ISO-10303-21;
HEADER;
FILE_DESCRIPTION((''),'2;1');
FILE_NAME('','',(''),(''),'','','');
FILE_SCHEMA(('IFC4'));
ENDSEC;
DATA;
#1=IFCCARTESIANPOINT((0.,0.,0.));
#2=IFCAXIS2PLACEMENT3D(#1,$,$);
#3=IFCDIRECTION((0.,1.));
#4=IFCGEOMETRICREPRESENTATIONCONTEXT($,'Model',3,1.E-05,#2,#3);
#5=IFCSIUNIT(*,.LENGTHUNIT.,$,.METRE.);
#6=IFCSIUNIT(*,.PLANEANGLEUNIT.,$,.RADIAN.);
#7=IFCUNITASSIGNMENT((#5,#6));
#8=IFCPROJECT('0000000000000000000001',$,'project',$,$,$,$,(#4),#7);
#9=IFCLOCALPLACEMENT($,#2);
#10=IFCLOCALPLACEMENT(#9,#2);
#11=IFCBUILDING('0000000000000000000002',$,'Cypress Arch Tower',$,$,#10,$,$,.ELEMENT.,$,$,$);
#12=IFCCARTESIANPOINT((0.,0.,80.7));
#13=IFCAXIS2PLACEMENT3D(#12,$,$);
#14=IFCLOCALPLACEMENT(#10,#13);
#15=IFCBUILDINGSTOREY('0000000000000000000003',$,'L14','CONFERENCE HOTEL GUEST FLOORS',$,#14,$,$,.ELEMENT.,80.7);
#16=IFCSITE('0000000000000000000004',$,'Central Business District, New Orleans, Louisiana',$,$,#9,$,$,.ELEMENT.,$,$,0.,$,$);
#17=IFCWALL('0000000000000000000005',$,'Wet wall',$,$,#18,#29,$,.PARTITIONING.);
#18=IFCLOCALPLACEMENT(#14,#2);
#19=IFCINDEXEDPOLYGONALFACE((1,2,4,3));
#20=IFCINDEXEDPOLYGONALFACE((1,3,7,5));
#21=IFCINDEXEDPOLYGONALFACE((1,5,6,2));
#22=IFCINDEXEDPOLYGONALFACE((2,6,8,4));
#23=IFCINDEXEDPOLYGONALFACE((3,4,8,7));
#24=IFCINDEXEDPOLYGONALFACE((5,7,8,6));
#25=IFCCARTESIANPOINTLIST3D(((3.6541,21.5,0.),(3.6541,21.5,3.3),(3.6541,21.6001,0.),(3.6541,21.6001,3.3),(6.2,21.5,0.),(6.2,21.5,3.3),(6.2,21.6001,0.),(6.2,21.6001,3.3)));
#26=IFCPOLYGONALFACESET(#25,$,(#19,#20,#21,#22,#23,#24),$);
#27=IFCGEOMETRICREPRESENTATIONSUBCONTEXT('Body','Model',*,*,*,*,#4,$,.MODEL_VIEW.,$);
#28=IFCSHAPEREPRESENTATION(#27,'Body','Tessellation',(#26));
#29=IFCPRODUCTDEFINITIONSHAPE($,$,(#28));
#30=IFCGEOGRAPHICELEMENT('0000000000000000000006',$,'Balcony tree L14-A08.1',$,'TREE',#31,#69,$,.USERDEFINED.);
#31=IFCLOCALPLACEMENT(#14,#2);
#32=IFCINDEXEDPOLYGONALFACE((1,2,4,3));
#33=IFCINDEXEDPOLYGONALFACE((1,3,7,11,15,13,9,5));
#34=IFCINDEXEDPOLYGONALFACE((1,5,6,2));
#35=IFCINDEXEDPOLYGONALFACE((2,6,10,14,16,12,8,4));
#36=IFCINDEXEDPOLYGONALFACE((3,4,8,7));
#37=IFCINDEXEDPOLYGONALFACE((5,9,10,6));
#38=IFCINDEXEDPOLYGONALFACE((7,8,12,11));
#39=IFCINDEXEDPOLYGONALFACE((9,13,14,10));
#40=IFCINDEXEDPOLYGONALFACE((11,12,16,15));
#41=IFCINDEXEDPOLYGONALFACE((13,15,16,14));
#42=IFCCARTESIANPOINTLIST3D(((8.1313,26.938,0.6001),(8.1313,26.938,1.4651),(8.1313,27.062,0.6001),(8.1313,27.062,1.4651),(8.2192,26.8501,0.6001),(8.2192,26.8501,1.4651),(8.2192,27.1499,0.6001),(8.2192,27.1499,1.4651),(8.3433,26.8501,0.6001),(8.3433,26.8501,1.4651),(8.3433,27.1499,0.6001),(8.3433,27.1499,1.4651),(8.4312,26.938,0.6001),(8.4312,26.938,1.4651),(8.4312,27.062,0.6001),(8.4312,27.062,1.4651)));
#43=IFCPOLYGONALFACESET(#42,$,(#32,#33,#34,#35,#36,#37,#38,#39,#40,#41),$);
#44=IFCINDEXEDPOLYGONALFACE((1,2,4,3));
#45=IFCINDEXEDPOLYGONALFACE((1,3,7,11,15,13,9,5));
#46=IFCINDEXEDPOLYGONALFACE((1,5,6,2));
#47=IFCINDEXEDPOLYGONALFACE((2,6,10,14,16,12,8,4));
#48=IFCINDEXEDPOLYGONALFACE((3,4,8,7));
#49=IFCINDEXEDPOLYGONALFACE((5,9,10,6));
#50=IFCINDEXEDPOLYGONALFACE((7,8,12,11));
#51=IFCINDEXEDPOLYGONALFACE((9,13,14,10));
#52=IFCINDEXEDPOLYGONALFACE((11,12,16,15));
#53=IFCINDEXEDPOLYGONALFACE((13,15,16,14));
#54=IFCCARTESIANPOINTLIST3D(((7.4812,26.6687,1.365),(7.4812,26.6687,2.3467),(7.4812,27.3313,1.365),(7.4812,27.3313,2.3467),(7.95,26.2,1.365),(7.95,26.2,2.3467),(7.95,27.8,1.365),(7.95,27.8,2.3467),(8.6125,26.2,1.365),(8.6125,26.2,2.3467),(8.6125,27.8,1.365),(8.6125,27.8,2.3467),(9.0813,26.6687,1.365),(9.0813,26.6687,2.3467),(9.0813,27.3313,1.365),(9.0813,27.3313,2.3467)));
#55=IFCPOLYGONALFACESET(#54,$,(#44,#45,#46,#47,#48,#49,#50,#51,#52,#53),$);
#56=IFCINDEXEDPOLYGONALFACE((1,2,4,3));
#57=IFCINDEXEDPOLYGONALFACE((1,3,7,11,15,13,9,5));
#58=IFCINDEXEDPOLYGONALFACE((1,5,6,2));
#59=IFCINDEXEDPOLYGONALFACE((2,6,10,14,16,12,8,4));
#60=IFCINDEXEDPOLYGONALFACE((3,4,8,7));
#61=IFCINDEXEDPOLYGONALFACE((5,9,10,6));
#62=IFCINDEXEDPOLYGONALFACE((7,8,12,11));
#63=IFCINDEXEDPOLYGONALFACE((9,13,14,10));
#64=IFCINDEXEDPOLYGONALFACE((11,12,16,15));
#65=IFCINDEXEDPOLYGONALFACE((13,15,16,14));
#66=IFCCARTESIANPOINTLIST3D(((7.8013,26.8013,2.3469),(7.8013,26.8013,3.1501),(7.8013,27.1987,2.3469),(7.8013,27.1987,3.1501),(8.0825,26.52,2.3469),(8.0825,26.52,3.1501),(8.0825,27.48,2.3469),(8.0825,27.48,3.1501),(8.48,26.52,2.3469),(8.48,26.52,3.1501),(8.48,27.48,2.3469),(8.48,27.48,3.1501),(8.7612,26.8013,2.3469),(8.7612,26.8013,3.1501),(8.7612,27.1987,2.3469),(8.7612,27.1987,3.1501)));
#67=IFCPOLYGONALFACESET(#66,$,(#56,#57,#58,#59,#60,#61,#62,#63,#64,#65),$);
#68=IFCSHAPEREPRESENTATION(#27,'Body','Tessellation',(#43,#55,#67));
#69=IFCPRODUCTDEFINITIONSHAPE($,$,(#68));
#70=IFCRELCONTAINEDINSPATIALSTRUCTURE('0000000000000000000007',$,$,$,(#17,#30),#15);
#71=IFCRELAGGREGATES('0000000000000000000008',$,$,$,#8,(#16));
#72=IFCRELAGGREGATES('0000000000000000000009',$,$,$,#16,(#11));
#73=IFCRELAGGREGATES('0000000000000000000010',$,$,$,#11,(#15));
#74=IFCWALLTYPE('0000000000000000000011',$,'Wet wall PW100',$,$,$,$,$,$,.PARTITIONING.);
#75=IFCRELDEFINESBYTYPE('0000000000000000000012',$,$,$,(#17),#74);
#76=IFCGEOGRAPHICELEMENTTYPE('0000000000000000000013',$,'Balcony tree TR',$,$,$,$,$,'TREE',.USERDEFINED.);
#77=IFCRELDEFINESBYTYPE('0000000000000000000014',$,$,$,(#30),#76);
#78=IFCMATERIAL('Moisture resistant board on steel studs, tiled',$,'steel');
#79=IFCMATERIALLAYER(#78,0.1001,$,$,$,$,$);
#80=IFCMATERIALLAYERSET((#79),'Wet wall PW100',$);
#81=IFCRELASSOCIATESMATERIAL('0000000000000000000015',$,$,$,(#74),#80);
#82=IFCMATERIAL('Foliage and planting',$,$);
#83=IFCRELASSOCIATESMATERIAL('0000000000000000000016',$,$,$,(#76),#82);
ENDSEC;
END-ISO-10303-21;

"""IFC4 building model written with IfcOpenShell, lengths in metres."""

from ifc_helpers import new_model, si_unit, direction, frame, frame_2d, origin, place, context, subcontext, project, spatial, polyline, rectangle, outline, extrude, material, layer, layer_set, type_object, element, save


model = new_model("IFC4")

# Units and contexts
model_context = context("Model", 3, precision=1e-05, world=origin(), true_north=direction((0.0, 1.0)))
body_context = subcontext(model_context, "Body", "Model", "MODEL_VIEW")
ifc_project = project(units=[si_unit("LENGTHUNIT", "METRE"), si_unit("PLANEANGLEUNIT", "RADIAN")], contexts=[model_context])

# Site, building, storey
site_placement = place(None, origin())
site = spatial("IfcSite", under=ifc_project, at=site_placement, Name="Central Business District, New Orleans, Louisiana", CompositionType="ELEMENT", RefElevation=0.0)
building_placement = place(site_placement, origin())
building = spatial("IfcBuilding", under=site, at=building_placement, Name="Cypress Arch Tower", CompositionType="ELEMENT")
storey_placement = place(building_placement, frame((0.0, 0.0, 80.7)))
storey = spatial("IfcBuildingStorey", under=building, at=storey_placement, Name="L14", Description="CONFERENCE HOTEL GUEST FLOORS", CompositionType="ELEMENT", Elevation=80.7)

# Shared definitions
ifc_material_1 = material(Name="Moisture resistant board on steel studs, tiled", Category="steel")
ifc_layer_1 = layer(ifc_material_1, 0.1001)
ifc_layer_set_1 = layer_set([ifc_layer_1], Name="Wet wall PW100")
wall_type_1 = type_object("IfcWallType", Name="Wet wall PW100", PredefinedType="PARTITIONING", material=ifc_layer_set_1)

# Wall
for number, where, z_axis, x_axis, name in (
    (1, (3.6541, 21.55, 0.0), (0.0, 0.0, 1.0), (1.0, 0.0, 0.0), "Wet wall"),
):
    element("IfcWall", number, at=place(storey_placement, frame(where, z_axis=z_axis, x_axis=x_axis)), inside=storey, type_object=wall_type_1, Name=name, PredefinedType="PARTITIONING", context=body_context, shape_type="SweptSolid", body=[
        extrude(rectangle(XDim=2.5459, YDim=0.1001, at=frame_2d((1.2729, 0.0))), origin(), (0.0, 0.0, 1.0), 3.3),
    ])

# Geographic element
ifc_material_2 = material(Name="Foliage and planting")
geographic_element_type = type_object("IfcGeographicElementType", Name="Balcony tree TR", ElementType="TREE", PredefinedType="USERDEFINED", material=ifc_material_2)
geographic_element_placement = place(storey_placement, frame((8.2812, 27.0, 0.6001), z_axis=(0.0, 0.0, 1.0), x_axis=(1.0, 0.0, 0.0)))
element("IfcGeographicElement", 2, at=geographic_element_placement, inside=storey, type_object=geographic_element_type, Name="Balcony tree L14-A08.1", ObjectType="TREE", PredefinedType="USERDEFINED", context=body_context, shape_type="SweptSolid", body=[
    extrude(outline(polyline([(0.1499, 0.062), (0.062, 0.1499), (-0.062, 0.1499), (-0.1499, 0.062), (-0.1499, -0.062), (-0.062, -0.1499), (0.062, -0.1499), (0.1499, -0.062), (0.1499, 0.062)])), origin(), (0.0, 0.0, 1.0), 0.865),
    extrude(outline(polyline([(0.8, 0.3313), (0.3313, 0.8), (-0.3313, 0.8), (-0.8, 0.3313), (-0.8, -0.3313), (-0.3313, -0.8), (0.3313, -0.8), (0.8, -0.3313), (0.8, 0.3313)])), frame((0.0, 0.0, 0.7649)), (0.0, 0.0, 1.0), 0.9817),
    extrude(outline(polyline([(0.48, 0.1987), (0.1987, 0.48), (-0.1987, 0.48), (-0.48, 0.1987), (-0.48, -0.1987), (-0.1987, -0.48), (0.1987, -0.48), (0.48, -0.1987), (0.48, 0.1987)])), frame((0.0, 0.0, 1.7468)), (0.0, 0.0, 1.0), 0.8032),
])

save(model, "model.ifc")
